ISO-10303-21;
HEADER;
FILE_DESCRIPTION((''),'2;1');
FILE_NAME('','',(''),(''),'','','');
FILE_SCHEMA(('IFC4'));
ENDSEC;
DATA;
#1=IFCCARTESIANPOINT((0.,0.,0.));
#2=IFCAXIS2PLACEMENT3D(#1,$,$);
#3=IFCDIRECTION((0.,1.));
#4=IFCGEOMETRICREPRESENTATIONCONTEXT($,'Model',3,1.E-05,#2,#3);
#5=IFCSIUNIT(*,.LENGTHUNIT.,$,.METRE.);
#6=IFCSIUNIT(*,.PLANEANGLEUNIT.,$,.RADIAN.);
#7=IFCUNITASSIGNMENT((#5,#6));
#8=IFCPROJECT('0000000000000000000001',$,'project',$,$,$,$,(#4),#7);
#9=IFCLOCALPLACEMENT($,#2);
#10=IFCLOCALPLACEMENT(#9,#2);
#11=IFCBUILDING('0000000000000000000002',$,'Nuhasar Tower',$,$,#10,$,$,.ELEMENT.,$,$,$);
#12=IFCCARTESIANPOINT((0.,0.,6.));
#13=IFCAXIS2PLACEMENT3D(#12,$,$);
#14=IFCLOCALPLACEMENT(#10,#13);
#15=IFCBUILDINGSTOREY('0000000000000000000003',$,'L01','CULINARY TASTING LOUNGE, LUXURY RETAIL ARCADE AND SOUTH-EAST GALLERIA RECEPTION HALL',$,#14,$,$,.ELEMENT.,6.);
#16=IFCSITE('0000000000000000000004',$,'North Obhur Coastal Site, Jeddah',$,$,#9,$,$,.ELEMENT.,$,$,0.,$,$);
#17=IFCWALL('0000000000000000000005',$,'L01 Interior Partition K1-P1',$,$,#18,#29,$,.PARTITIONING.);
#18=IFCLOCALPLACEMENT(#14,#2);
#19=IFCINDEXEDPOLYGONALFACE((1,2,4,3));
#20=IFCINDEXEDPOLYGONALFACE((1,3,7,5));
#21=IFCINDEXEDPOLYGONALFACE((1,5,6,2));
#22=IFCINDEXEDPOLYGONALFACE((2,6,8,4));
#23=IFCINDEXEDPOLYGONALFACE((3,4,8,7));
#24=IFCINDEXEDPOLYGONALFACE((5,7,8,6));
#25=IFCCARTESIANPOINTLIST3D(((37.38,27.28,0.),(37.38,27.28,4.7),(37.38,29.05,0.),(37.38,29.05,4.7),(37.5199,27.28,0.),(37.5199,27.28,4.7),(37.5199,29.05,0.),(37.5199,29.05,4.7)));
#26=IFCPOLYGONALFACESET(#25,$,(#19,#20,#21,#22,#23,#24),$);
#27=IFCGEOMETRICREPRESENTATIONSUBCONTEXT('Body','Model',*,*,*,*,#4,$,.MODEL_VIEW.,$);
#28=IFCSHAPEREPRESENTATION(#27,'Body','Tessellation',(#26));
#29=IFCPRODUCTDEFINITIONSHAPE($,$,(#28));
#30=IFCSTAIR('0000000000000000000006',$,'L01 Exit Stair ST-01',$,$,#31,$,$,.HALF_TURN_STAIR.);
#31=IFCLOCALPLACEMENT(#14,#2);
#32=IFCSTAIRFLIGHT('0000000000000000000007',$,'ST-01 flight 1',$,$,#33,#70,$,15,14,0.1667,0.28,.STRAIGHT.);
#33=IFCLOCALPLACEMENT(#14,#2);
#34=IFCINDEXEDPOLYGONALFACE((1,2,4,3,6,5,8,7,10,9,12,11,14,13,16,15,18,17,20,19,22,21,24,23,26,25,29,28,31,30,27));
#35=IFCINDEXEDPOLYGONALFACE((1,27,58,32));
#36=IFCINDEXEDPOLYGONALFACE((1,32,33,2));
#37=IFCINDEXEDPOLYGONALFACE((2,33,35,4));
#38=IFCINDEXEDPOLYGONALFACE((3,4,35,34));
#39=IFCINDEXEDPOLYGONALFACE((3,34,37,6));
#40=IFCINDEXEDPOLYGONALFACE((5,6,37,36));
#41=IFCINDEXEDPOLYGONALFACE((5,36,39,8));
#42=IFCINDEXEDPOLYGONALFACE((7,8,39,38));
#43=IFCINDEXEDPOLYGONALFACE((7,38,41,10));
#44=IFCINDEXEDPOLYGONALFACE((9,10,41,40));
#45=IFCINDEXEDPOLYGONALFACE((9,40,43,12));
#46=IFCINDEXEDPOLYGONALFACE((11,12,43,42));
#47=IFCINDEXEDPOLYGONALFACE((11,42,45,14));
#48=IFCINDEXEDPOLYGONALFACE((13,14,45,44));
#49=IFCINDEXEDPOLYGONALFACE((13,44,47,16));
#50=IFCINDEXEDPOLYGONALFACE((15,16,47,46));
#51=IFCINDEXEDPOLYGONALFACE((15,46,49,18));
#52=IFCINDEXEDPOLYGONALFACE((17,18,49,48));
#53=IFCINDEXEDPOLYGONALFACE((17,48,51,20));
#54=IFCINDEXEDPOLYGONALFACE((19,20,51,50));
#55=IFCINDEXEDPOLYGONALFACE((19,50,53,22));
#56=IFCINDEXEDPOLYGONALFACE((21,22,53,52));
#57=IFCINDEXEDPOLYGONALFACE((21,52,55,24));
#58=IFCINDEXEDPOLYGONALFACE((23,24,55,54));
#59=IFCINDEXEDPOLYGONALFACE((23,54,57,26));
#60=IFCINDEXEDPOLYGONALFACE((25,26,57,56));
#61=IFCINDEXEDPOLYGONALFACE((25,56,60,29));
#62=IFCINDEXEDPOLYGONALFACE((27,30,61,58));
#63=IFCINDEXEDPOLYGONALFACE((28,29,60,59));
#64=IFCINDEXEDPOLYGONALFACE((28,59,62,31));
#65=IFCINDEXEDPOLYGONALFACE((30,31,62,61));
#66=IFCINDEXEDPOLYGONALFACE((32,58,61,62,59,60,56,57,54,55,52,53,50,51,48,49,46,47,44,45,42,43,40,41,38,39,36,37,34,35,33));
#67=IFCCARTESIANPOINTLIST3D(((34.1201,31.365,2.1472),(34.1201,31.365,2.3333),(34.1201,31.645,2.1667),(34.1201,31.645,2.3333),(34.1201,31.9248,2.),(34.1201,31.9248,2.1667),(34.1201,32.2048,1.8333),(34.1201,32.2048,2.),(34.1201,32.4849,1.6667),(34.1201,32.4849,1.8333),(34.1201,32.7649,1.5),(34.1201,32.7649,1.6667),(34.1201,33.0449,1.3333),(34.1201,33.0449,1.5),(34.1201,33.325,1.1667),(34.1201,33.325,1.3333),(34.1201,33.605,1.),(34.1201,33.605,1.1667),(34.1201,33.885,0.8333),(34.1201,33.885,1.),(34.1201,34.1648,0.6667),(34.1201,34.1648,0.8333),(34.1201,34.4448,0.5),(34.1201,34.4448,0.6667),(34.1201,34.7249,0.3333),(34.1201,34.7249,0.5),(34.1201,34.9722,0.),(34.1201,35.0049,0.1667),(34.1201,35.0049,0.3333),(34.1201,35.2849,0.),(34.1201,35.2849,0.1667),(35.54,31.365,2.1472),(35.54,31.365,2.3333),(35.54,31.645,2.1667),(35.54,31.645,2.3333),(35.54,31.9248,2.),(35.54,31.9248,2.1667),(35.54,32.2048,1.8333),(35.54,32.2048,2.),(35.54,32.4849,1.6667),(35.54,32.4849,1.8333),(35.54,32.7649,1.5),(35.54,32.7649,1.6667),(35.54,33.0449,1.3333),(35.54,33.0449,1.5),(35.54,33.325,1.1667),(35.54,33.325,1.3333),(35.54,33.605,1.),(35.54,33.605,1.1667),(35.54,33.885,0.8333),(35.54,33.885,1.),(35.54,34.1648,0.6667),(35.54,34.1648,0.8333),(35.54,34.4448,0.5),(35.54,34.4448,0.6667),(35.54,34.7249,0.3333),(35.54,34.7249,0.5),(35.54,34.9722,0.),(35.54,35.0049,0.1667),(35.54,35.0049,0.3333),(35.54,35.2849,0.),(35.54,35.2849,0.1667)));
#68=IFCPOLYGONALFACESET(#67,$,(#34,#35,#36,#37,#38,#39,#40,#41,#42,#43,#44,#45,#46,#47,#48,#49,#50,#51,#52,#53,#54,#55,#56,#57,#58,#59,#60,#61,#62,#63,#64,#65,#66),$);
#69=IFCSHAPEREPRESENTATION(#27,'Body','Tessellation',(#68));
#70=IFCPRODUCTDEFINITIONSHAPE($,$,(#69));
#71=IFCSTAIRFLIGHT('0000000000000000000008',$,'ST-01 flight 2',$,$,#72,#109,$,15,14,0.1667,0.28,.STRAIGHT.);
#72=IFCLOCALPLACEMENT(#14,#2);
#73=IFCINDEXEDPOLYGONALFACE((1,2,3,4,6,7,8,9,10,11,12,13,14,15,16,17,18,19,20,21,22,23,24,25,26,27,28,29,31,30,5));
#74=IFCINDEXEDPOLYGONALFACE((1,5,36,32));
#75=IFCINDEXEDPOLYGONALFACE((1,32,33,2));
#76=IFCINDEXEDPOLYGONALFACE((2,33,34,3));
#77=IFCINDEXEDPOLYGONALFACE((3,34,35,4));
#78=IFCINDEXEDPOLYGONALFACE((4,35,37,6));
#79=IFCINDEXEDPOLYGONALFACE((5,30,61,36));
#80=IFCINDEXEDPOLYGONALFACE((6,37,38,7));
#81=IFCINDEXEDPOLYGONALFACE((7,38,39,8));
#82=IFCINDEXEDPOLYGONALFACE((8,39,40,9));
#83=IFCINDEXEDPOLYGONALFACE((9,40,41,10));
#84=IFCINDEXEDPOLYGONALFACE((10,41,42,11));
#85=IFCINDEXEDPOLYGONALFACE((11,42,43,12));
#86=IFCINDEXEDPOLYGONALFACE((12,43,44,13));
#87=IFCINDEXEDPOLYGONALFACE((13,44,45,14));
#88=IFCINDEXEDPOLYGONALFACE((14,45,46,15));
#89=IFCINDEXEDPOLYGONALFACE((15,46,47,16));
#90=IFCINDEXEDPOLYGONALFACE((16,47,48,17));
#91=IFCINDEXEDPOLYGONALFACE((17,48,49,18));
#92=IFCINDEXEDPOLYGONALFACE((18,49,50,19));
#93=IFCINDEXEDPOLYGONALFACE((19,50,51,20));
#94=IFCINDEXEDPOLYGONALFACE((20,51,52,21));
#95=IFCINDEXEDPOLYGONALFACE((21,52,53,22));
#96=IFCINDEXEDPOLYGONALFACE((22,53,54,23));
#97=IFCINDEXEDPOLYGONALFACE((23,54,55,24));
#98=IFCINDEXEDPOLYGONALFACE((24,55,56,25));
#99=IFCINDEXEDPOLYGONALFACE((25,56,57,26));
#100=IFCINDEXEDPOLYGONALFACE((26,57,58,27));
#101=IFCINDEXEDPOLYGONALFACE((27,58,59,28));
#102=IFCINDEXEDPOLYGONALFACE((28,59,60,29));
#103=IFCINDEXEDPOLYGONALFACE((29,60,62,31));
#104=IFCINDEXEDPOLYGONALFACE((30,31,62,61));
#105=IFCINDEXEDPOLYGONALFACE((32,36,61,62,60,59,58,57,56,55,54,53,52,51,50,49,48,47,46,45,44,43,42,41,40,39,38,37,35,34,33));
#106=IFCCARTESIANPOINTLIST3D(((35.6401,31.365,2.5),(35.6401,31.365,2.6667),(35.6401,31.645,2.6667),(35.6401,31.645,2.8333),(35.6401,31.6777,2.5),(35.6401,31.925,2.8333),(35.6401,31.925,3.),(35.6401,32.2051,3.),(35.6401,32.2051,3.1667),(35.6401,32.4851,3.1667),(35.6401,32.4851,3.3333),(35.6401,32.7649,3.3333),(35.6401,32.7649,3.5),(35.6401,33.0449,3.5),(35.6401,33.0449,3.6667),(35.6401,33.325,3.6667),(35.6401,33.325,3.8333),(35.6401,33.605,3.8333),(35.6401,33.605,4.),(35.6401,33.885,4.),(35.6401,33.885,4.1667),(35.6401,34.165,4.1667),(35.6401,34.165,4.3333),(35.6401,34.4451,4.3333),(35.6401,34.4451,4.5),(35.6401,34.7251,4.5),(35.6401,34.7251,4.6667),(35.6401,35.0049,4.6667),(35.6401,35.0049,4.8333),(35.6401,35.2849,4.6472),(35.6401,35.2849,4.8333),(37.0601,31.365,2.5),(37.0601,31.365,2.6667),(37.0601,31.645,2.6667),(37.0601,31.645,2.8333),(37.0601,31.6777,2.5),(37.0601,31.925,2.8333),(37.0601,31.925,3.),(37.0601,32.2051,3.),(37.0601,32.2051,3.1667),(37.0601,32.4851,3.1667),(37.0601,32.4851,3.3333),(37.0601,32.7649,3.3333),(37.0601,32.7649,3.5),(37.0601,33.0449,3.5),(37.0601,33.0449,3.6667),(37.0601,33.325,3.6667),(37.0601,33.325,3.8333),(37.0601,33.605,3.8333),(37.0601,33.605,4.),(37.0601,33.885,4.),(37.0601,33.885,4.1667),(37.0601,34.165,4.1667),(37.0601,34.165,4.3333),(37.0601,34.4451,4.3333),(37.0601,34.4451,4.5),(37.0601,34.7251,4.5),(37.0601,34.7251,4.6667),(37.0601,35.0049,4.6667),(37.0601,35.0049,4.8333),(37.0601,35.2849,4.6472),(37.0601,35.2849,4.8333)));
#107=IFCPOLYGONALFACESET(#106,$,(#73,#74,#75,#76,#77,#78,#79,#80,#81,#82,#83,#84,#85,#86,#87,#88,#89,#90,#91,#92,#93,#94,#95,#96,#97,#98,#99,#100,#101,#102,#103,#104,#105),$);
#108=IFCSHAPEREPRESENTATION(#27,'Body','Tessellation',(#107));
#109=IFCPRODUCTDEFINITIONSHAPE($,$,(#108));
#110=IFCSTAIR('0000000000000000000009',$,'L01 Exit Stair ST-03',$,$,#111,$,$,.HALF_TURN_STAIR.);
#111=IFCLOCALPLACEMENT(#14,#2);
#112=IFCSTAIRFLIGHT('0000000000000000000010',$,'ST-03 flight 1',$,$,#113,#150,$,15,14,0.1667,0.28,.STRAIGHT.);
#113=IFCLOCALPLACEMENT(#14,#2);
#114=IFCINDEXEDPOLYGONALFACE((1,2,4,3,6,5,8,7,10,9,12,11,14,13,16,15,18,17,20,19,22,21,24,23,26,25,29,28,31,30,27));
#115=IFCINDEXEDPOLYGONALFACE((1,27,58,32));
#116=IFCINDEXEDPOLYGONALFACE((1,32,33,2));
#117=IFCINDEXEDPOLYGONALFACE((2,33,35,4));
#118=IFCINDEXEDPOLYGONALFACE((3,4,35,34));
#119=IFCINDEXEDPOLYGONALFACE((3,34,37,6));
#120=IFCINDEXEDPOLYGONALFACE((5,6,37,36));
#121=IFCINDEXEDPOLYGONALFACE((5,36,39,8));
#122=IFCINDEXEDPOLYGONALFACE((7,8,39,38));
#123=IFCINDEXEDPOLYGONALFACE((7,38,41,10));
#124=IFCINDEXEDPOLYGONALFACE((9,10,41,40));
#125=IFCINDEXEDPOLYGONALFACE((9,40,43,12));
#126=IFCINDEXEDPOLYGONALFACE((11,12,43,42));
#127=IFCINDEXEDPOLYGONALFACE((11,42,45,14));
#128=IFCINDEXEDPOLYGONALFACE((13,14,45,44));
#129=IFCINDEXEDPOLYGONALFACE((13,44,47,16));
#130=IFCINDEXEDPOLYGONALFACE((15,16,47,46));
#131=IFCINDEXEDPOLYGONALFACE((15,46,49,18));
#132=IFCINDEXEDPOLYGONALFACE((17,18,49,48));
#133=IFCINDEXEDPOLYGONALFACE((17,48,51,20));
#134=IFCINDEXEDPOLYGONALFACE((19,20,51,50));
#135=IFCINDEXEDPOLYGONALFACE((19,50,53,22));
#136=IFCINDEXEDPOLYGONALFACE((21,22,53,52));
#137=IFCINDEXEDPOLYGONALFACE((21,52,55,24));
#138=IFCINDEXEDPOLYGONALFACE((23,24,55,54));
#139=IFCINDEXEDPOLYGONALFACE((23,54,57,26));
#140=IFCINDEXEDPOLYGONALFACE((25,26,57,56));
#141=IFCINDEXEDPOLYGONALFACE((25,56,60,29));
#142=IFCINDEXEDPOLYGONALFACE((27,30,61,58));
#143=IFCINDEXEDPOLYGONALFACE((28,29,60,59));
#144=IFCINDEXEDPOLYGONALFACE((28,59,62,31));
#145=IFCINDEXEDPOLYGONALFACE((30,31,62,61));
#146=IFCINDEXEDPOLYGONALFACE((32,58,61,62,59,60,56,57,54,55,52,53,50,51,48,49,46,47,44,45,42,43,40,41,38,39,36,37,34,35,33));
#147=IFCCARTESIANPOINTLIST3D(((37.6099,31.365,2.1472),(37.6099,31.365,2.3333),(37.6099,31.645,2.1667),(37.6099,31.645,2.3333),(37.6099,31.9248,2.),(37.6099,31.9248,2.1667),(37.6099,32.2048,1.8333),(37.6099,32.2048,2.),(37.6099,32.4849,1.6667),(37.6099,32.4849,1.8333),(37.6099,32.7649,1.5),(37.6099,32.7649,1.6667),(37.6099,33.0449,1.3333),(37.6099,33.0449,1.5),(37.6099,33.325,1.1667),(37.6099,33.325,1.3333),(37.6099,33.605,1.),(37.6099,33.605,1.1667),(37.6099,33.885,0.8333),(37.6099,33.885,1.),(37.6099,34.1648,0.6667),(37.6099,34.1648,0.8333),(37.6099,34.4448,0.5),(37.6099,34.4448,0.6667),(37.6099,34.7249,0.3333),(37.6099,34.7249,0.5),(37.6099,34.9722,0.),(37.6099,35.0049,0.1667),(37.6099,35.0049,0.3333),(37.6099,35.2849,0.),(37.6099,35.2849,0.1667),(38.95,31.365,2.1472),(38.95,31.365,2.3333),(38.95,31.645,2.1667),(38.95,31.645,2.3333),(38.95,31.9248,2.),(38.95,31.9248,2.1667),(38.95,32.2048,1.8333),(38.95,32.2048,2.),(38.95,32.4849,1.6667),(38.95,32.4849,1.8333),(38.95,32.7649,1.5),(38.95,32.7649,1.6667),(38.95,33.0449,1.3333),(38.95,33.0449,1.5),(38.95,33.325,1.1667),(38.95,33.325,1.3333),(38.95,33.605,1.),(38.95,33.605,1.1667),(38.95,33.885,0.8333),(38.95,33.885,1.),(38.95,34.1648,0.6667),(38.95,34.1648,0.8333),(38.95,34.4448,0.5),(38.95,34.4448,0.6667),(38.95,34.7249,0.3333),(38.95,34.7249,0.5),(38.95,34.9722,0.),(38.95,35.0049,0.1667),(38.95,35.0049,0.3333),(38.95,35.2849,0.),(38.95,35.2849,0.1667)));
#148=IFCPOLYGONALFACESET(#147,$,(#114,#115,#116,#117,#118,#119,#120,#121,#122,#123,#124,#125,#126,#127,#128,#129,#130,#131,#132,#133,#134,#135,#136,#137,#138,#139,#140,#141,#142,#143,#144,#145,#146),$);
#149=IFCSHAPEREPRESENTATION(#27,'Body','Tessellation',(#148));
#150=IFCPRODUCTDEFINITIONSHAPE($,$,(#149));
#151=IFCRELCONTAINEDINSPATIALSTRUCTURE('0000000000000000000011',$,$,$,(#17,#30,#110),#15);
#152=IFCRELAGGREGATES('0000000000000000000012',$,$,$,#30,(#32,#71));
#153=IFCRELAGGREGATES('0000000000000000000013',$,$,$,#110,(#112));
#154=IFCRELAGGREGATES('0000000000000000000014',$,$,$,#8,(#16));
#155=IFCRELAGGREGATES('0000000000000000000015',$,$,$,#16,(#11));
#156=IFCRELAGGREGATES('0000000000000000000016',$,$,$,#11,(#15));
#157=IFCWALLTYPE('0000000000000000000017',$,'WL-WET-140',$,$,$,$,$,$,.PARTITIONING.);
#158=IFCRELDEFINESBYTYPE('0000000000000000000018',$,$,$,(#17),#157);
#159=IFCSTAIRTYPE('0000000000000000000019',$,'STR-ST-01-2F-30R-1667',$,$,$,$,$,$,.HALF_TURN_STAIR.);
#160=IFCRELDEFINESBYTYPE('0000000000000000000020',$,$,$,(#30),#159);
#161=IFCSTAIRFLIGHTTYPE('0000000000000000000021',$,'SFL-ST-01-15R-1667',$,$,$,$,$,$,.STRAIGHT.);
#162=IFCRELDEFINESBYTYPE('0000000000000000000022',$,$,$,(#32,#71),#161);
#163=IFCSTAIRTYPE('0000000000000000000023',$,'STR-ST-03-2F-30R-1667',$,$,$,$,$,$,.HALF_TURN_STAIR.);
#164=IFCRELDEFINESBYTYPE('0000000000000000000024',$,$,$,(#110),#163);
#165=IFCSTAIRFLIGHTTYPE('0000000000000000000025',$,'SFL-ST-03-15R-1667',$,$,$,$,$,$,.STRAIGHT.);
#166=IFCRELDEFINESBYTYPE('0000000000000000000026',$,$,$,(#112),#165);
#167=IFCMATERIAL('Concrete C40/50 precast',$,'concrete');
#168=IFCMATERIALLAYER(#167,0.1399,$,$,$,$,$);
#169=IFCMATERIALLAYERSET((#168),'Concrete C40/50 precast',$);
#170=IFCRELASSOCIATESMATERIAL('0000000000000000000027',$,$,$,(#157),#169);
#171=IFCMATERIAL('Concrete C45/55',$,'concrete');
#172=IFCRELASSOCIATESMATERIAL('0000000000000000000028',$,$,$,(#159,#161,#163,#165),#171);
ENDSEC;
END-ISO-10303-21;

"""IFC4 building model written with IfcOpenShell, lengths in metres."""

from ifc_helpers import new_model, si_unit, direction, frame, frame_2d, origin, place, context, subcontext, project, spatial, polyline, rectangle, outline, extrude, material, layer, layer_set, type_object, element, aggregate, save


model = new_model("IFC4")

# Units and contexts
model_context = context("Model", 3, precision=1e-05, world=origin(), true_north=direction((0.0, 1.0)))
body_context = subcontext(model_context, "Body", "Model", "MODEL_VIEW")
ifc_project = project(units=[si_unit("LENGTHUNIT", "METRE"), si_unit("PLANEANGLEUNIT", "RADIAN")], contexts=[model_context])

# Site, building, storey
site_placement = place(None, origin())
site = spatial("IfcSite", under=ifc_project, at=site_placement, Name="North Obhur Coastal Site, Jeddah", CompositionType="ELEMENT", RefElevation=0.0)
building_placement = place(site_placement, origin())
building = spatial("IfcBuilding", under=site, at=building_placement, Name="Nuhasar Tower", CompositionType="ELEMENT")
storey_placement = place(building_placement, frame((0.0, 0.0, 6.0)))
storey = spatial("IfcBuildingStorey", under=building, at=storey_placement, Name="L01", Description="CULINARY TASTING LOUNGE, LUXURY RETAIL ARCADE AND SOUTH-EAST GALLERIA RECEPTION HALL", CompositionType="ELEMENT", Elevation=6.0)

# Shared definitions
ifc_material_1 = material(Name="Concrete C40/50 precast", Category="concrete")
ifc_layer_1 = layer(ifc_material_1, 0.1399)
ifc_layer_set_1 = layer_set([ifc_layer_1], Name="Concrete C40/50 precast")
wall_type_1 = type_object("IfcWallType", Name="WL-WET-140", PredefinedType="PARTITIONING", material=ifc_layer_set_1)

# Wall
wall_1_placement = place(storey_placement, frame((37.45, 27.28, 0.0), z_axis=(0.0, 0.0, 1.0), x_axis=(0.0, 1.0, 0.0)))
element("IfcWall", 1, at=wall_1_placement, inside=storey, type_object=wall_type_1, Name="L01 Interior Partition K1-P1", PredefinedType="PARTITIONING", context=body_context, shape_type="SweptSolid", body=[
    extrude(rectangle(XDim=1.77, YDim=0.1399, at=frame_2d((0.885, 0.0))), origin(), (0.0, 0.0, 1.0), 4.7),
])

# Stair, stair flights
ifc_material_2 = material(Name="Concrete C45/55", Category="concrete")
stair_type_1 = type_object("IfcStairType", Name="STR-ST-01-2F-30R-1667", PredefinedType="HALF_TURN_STAIR", material=ifc_material_2)
stair_1_placement = place(storey_placement, origin())
stair_1 = element("IfcStair", 2, at=stair_1_placement, inside=storey, type_object=stair_type_1, Name="L01 Exit Stair ST-01", PredefinedType="HALF_TURN_STAIR")
stair_flight_type_1 = type_object("IfcStairFlightType", Name="SFL-ST-01-15R-1667", PredefinedType="STRAIGHT", material=ifc_material_2)
stair_flight_1_placement = place(storey_placement, frame((34.8301, 35.2849, 0.0), z_axis=(0.0, 0.0, 1.0), x_axis=(0.0, -1.0, 0.0)))
stair_flight_1 = element("IfcStairFlight", 3, at=stair_flight_1_placement, type_object=stair_flight_type_1, Name="ST-01 flight 1", NumberOfRisers=15, NumberOfTreads=14, PredefinedType="STRAIGHT", RiserHeight=0.1667, TreadLength=0.28, context=body_context, shape_type="SweptSolid", body=[
    extrude(outline(polyline([(0.0, 0.0), (0.0, 0.1667), (0.28, 0.1667), (0.28, 0.3333), (0.5601, 0.3333), (0.5601, 0.5), (0.8401, 0.5), (0.8401, 0.6667), (1.1201, 0.6667), (1.1201, 0.8333), (1.3999, 0.8333), (1.3999, 1.0), (1.6799, 1.0), (1.6799, 1.1667), (1.96, 1.1667), (1.96, 1.3333), (2.24, 1.3333), (2.24, 1.5), (2.52, 1.5), (2.52, 1.6667), (2.8, 1.6667), (2.8, 1.8333), (3.0801, 1.8333), (3.0801, 2.0), (3.3601, 2.0), (3.3601, 2.1667), (3.6399, 2.1667), (3.6399, 2.3333), (3.9199, 2.3333), (3.9199, 2.5), (3.9199, 2.1472), (0.3127, 0.0), (0.0, 0.0)])), frame((0.0, 0.71, 0.0), z_axis=(0.0, -1.0, 0.0), x_axis=(1.0, 0.0, 0.0)), (0.0, 0.0, 1.0), 1.4199),
])
stair_flight_2_placement = place(storey_placement, frame((36.3501, 31.365, 2.5), z_axis=(0.0, 0.0, 1.0), x_axis=(0.0, 1.0, 0.0)))
stair_flight_2 = element("IfcStairFlight", 4, at=stair_flight_2_placement, type_object=stair_flight_type_1, Name="ST-01 flight 2", NumberOfRisers=15, NumberOfTreads=14, PredefinedType="STRAIGHT", RiserHeight=0.1667, TreadLength=0.28, context=body_context, shape_type="SweptSolid", body=[
    extrude(outline(polyline([(0.0, 0.0), (0.0, 0.1667), (0.28, 0.1667), (0.28, 0.3333), (0.5601, 0.3333), (0.5601, 0.5), (0.8401, 0.5), (0.8401, 0.6667), (1.1201, 0.6667), (1.1201, 0.8333), (1.3999, 0.8333), (1.3999, 1.0), (1.6799, 1.0), (1.6799, 1.1667), (1.96, 1.1667), (1.96, 1.3333), (2.24, 1.3333), (2.24, 1.5), (2.52, 1.5), (2.52, 1.6667), (2.8, 1.6667), (2.8, 1.8333), (3.0801, 1.8333), (3.0801, 2.0), (3.3601, 2.0), (3.3601, 2.1667), (3.6399, 2.1667), (3.6399, 2.3333), (3.9199, 2.3333), (3.9199, 2.5), (3.9199, 2.1472), (0.3127, 0.0), (0.0, 0.0)])), frame((0.0, 0.71, 0.0), z_axis=(0.0, -1.0, 0.0), x_axis=(1.0, 0.0, 0.0)), (0.0, 0.0, 1.0), 1.4199),
])
aggregate(stair_1, [stair_flight_1, stair_flight_2])

# Stair, stair flight
stair_type_2 = type_object("IfcStairType", Name="STR-ST-03-2F-30R-1667", PredefinedType="HALF_TURN_STAIR", material=ifc_material_2)
stair_2_placement = place(storey_placement, origin())
stair_2 = element("IfcStair", 5, at=stair_2_placement, inside=storey, type_object=stair_type_2, Name="L01 Exit Stair ST-03", PredefinedType="HALF_TURN_STAIR")
stair_flight_type_2 = type_object("IfcStairFlightType", Name="SFL-ST-03-15R-1667", PredefinedType="STRAIGHT", material=ifc_material_2)
stair_flight_3_placement = place(storey_placement, frame((38.28, 35.2849, 0.0), z_axis=(0.0, 0.0, 1.0), x_axis=(0.0, -1.0, 0.0)))
stair_flight_3 = element("IfcStairFlight", 6, at=stair_flight_3_placement, type_object=stair_flight_type_2, Name="ST-03 flight 1", NumberOfRisers=15, NumberOfTreads=14, PredefinedType="STRAIGHT", RiserHeight=0.1667, TreadLength=0.28, context=body_context, shape_type="SweptSolid", body=[
    extrude(outline(polyline([(0.0, 0.0), (0.0, 0.1667), (0.28, 0.1667), (0.28, 0.3333), (0.5601, 0.3333), (0.5601, 0.5), (0.8401, 0.5), (0.8401, 0.6667), (1.1201, 0.6667), (1.1201, 0.8333), (1.3999, 0.8333), (1.3999, 1.0), (1.6799, 1.0), (1.6799, 1.1667), (1.96, 1.1667), (1.96, 1.3333), (2.24, 1.3333), (2.24, 1.5), (2.52, 1.5), (2.52, 1.6667), (2.8, 1.6667), (2.8, 1.8333), (3.0801, 1.8333), (3.0801, 2.0), (3.3601, 2.0), (3.3601, 2.1667), (3.6399, 2.1667), (3.6399, 2.3333), (3.9199, 2.3333), (3.9199, 2.5), (3.9199, 2.1472), (0.3127, 0.0), (0.0, 0.0)])), frame((0.0, 0.6699, 0.0), z_axis=(0.0, -1.0, 0.0), x_axis=(1.0, 0.0, 0.0)), (0.0, 0.0, 1.0), 1.3401),
])
aggregate(stair_2, [stair_flight_3])

save(model, "model.ifc")
